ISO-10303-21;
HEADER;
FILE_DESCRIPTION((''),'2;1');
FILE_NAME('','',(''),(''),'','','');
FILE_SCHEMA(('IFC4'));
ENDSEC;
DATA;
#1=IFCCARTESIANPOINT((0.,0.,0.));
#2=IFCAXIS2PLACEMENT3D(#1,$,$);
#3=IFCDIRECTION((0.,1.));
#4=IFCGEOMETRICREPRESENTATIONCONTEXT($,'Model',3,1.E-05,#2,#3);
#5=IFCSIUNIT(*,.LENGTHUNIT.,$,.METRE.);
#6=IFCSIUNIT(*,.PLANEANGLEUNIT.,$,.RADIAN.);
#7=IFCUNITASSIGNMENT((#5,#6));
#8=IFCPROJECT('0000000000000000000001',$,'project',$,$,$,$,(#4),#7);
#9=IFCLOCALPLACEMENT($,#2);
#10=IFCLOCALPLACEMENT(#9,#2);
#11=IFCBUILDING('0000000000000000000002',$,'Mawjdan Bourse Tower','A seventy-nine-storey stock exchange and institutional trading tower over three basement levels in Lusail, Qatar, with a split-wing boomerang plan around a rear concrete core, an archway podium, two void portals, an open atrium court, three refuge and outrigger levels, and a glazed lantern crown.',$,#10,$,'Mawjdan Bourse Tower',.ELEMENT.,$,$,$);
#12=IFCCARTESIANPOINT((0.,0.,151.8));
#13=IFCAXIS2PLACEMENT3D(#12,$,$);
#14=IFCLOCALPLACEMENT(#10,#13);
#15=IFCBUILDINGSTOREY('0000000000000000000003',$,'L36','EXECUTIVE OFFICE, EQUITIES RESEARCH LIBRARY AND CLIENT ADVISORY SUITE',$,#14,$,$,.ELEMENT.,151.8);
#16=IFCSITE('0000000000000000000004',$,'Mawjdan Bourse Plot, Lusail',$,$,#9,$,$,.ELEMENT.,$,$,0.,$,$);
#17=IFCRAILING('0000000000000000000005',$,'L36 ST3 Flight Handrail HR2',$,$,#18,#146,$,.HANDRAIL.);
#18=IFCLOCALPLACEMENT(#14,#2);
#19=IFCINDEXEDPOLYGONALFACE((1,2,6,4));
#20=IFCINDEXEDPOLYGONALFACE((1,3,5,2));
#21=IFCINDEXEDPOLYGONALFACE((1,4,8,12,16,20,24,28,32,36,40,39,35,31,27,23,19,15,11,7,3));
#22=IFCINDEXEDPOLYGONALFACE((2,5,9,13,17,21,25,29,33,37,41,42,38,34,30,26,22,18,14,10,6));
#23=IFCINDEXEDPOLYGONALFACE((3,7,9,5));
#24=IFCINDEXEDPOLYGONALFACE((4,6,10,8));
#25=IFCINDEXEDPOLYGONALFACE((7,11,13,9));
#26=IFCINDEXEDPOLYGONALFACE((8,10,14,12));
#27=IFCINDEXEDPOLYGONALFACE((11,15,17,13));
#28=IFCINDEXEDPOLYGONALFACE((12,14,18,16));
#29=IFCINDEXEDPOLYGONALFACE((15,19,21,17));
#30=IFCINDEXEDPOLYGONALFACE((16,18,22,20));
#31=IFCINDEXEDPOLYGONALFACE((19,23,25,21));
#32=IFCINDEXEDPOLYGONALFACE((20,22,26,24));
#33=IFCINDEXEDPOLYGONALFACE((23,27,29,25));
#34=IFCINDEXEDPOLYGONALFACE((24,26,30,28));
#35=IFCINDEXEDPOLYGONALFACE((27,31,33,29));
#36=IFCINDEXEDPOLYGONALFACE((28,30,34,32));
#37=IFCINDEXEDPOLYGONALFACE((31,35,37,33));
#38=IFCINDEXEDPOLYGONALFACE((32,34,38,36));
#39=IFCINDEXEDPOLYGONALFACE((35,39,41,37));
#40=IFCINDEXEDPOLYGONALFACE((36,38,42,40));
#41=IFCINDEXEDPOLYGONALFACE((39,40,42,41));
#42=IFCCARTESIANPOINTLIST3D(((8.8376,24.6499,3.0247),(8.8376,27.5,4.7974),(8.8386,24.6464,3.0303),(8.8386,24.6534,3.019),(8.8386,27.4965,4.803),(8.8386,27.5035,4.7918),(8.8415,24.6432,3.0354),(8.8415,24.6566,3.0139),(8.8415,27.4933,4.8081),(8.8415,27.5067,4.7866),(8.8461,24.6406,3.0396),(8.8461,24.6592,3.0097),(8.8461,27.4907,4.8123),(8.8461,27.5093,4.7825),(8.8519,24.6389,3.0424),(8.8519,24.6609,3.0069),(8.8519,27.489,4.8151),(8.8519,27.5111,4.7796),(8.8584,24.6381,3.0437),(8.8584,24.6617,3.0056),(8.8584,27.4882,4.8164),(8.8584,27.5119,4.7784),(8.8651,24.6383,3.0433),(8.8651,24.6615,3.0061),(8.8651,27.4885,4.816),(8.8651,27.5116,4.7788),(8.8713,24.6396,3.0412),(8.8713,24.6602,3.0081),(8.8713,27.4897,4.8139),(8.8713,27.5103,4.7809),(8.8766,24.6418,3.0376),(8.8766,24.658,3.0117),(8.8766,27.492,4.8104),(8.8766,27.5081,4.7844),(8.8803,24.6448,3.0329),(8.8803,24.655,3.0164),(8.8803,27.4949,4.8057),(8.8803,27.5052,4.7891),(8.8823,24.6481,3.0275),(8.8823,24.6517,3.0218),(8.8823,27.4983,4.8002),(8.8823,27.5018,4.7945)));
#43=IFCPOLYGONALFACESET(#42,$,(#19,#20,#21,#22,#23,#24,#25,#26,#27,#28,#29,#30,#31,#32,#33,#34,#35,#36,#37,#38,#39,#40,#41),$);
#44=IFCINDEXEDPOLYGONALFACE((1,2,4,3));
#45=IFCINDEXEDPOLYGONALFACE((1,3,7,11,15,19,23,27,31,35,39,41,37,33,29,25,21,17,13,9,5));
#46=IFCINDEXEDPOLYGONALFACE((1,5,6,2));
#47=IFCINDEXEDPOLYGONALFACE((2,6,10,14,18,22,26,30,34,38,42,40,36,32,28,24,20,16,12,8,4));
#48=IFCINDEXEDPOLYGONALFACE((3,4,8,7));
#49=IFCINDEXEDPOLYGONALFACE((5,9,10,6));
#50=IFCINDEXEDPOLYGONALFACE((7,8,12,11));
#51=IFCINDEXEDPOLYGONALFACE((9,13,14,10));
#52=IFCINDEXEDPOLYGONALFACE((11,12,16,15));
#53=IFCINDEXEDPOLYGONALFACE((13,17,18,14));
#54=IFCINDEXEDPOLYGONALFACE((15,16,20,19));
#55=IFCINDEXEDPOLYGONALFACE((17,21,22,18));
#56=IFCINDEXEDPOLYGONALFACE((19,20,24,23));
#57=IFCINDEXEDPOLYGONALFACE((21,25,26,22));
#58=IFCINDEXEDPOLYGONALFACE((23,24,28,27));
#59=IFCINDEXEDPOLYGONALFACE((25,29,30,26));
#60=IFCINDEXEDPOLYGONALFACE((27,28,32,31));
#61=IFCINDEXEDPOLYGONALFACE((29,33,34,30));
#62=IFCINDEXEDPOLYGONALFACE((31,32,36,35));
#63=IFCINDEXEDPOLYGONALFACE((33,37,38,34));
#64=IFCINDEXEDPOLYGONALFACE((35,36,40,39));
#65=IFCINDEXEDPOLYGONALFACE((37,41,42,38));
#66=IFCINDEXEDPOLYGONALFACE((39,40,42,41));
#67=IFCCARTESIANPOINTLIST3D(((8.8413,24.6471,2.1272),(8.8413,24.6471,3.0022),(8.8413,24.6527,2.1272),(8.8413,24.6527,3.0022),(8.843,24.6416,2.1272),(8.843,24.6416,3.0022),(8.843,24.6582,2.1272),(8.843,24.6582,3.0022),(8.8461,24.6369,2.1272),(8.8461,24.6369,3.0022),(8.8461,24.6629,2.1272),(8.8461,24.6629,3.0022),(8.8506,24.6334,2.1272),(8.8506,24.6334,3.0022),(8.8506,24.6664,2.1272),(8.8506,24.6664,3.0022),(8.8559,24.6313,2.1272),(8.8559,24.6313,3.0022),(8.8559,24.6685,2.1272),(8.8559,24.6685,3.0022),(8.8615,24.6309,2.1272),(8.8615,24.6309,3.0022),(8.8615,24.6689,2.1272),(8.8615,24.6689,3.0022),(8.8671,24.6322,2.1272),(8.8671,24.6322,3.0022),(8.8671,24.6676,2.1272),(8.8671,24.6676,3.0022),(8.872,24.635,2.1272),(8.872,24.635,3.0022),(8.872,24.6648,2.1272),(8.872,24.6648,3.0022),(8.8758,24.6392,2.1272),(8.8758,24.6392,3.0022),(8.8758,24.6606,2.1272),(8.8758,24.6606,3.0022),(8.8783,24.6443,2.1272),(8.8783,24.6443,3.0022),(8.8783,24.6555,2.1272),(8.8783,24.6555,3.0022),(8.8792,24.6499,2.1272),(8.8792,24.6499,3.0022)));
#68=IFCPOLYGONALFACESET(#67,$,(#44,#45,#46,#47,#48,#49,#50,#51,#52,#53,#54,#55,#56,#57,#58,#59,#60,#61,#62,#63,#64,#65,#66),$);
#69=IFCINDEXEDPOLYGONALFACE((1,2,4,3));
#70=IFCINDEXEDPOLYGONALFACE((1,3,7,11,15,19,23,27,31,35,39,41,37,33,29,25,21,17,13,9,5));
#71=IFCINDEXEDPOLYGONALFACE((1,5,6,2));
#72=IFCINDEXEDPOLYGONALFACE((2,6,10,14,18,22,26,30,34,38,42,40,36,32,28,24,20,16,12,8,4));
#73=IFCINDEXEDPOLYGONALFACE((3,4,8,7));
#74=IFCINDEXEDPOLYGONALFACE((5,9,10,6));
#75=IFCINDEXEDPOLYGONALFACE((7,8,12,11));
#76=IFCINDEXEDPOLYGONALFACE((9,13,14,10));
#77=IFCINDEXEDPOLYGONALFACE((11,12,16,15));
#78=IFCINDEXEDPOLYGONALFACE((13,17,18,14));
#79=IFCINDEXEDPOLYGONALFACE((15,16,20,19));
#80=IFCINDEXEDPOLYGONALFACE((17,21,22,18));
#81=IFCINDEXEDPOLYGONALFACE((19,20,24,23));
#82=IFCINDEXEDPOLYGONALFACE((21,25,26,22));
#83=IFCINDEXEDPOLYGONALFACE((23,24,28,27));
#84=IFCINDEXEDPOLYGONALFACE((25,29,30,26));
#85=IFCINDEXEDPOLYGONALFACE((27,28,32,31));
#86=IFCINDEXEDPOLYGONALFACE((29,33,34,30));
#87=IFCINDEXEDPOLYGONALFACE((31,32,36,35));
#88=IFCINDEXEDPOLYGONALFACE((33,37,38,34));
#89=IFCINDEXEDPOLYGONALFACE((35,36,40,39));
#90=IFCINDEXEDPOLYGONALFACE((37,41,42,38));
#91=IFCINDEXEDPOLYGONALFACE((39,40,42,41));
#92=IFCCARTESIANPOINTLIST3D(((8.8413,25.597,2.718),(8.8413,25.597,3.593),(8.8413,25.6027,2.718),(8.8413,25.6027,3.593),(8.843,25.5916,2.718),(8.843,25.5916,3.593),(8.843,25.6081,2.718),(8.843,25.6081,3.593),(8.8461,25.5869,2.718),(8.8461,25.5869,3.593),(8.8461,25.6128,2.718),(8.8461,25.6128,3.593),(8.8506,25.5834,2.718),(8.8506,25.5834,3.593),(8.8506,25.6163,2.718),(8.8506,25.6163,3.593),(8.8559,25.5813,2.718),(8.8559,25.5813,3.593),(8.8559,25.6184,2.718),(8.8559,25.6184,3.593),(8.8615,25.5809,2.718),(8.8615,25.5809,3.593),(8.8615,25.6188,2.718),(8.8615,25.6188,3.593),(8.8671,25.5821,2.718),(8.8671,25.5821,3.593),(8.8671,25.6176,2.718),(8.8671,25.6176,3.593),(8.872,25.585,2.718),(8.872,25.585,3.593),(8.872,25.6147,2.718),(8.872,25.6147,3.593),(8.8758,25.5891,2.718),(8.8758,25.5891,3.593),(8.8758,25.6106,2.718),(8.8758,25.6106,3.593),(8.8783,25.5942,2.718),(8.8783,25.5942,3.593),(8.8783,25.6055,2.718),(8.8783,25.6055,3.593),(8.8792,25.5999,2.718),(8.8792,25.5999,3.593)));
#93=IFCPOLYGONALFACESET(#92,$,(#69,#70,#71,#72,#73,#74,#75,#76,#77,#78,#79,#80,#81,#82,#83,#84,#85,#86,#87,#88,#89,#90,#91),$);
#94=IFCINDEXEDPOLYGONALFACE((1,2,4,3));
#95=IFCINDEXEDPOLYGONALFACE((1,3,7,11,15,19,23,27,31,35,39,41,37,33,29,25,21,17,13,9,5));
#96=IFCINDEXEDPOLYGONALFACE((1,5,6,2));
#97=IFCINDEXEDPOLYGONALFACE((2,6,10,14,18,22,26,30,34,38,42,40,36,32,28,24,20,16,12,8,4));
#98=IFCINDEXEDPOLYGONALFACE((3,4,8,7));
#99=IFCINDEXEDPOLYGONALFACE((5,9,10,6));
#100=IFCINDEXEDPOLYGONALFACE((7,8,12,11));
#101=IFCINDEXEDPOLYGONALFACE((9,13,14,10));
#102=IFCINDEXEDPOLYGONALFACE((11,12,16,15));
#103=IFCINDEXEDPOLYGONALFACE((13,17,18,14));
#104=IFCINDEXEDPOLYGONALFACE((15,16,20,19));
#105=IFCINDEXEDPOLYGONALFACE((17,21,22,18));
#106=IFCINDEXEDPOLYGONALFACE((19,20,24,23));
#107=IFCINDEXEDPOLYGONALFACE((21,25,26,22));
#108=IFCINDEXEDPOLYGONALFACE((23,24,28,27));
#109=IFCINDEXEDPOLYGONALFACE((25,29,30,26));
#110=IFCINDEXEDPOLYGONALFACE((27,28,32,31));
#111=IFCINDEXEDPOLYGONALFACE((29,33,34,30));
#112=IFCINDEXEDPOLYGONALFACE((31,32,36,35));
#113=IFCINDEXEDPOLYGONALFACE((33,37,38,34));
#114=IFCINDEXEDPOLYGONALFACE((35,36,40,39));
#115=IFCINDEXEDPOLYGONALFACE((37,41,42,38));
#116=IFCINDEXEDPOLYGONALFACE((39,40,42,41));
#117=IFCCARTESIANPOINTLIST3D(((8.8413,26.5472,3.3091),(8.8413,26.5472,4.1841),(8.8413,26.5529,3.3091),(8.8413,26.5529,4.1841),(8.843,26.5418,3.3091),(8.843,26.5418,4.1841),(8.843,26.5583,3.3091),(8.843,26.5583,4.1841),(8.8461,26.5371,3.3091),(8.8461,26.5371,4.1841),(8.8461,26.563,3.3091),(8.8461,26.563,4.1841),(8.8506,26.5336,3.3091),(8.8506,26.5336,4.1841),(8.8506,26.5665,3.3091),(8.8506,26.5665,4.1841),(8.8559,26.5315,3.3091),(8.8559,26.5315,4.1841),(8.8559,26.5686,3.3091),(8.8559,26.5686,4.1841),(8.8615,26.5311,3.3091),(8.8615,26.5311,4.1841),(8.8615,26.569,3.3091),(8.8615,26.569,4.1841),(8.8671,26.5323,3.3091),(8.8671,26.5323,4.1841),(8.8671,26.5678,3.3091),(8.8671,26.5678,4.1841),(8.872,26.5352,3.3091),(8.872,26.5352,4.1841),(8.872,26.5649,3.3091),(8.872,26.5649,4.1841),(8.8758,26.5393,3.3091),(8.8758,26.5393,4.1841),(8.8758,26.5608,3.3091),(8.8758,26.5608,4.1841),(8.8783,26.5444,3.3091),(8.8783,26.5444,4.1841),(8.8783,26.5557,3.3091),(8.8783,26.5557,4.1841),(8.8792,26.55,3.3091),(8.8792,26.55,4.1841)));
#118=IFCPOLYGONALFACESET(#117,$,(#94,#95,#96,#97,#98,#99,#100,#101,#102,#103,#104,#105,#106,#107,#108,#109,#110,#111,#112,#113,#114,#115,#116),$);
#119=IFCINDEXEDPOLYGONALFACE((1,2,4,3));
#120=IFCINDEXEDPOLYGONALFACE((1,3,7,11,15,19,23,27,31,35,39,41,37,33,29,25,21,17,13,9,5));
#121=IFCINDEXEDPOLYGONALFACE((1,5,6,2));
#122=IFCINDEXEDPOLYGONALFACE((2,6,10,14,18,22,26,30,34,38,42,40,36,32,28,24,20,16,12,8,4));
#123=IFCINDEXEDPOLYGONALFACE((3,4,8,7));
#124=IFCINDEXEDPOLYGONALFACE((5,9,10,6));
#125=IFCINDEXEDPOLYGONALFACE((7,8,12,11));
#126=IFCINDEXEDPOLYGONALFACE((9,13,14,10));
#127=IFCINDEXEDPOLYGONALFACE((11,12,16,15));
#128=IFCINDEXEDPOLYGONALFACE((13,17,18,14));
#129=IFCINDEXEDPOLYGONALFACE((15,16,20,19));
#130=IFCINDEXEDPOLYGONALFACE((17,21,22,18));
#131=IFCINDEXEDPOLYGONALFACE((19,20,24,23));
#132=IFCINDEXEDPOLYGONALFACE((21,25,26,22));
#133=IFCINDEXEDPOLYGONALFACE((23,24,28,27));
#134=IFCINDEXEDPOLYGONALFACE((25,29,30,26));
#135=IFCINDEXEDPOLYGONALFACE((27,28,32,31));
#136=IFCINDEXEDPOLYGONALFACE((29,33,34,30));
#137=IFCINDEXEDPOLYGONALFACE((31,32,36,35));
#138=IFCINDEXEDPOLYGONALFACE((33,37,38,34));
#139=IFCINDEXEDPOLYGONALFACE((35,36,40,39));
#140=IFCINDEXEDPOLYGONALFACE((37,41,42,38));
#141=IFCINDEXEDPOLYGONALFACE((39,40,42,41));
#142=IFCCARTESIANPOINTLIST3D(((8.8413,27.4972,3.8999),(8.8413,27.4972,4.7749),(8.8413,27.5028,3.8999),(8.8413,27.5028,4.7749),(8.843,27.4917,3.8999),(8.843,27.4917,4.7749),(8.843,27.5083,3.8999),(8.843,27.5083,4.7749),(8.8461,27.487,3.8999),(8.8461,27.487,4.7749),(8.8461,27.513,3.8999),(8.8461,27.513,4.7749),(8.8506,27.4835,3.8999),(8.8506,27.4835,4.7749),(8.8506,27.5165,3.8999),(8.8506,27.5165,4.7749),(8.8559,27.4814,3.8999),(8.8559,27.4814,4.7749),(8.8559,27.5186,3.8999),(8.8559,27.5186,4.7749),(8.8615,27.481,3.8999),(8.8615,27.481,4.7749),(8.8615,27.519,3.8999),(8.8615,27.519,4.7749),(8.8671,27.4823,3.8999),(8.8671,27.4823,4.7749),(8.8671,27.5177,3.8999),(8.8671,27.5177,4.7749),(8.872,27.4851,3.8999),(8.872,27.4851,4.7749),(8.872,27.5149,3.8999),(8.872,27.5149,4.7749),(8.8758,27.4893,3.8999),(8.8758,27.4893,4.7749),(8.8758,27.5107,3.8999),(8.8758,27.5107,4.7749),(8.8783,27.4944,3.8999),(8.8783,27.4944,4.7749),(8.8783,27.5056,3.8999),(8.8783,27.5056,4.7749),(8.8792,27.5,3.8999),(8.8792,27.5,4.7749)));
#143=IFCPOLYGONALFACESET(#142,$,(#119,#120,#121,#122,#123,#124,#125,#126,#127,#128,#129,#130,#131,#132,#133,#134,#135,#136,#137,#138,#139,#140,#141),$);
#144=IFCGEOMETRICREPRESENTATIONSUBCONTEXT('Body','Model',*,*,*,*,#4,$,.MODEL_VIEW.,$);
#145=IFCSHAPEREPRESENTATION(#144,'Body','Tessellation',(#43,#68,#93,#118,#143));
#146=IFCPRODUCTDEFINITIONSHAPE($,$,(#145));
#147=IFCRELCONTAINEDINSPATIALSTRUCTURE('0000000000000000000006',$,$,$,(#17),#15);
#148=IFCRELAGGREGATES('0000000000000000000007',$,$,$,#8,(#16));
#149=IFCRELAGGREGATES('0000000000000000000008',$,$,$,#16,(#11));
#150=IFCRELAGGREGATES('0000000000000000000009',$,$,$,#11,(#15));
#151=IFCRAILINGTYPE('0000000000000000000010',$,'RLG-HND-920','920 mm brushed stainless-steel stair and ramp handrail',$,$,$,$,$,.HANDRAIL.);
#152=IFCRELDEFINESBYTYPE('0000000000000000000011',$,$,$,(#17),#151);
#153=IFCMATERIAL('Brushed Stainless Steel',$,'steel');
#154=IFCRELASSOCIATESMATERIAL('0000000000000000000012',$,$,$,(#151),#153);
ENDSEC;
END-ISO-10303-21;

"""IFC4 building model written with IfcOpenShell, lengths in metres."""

from ifc_helpers import new_model, si_unit, direction, frame, origin, origin_2d, place, context, subcontext, project, spatial, circle, extrude, material, type_object, element, save


model = new_model("IFC4")

# Units and contexts
model_context = context("Model", 3, precision=1e-05, world=origin(), true_north=direction((0.0, 1.0)))
body_context = subcontext(model_context, "Body", "Model", "MODEL_VIEW")
ifc_project = project(units=[si_unit("LENGTHUNIT", "METRE"), si_unit("PLANEANGLEUNIT", "RADIAN")], contexts=[model_context])

# Site, building, storey
site_placement = place(None, origin())
site = spatial("IfcSite", under=ifc_project, at=site_placement, Name="Mawjdan Bourse Plot, Lusail", CompositionType="ELEMENT", RefElevation=0.0)
building_placement = place(site_placement, origin())
building = spatial("IfcBuilding", under=site, at=building_placement, Name="Mawjdan Bourse Tower", Description="A seventy-nine-storey stock exchange and institutional trading tower over three basement levels in Lusail, Qatar, with a split-wing boomerang plan around a rear concrete core, an archway podium, two void portals, an open atrium court, three refuge and outrigger levels, and a glazed lantern crown.", LongName="Mawjdan Bourse Tower", CompositionType="ELEMENT")
storey_placement = place(building_placement, frame((0.0, 0.0, 151.8)))
storey = spatial("IfcBuildingStorey", under=building, at=storey_placement, Name="L36", Description="EXECUTIVE OFFICE, EQUITIES RESEARCH LIBRARY AND CLIENT ADVISORY SUITE", CompositionType="ELEMENT", Elevation=151.8)

# Railing
ifc_material_1 = material(Name="Brushed Stainless Steel", Category="steel")
railing_type_1 = type_object("IfcRailingType", Name="RLG-HND-920", Description="920 mm brushed stainless-steel stair and ramp handrail", PredefinedType="HANDRAIL", material=ifc_material_1)
railing_1_placement = place(storey_placement, frame((8.8601, 24.6499, 2.1272)))
element("IfcRailing", 1, at=railing_1_placement, inside=storey, type_object=railing_type_1, Name="L36 ST3 Flight Handrail HR2", PredefinedType="HANDRAIL", context=body_context, shape_type="SweptSolid", body=[
    extrude(circle(Radius=0.0225, at=origin_2d()), frame((0.0, 0.0, 0.8975), z_axis=(0.0, 0.849149, 0.528154), x_axis=(-1.0, 0.0, 0.0)), (0.0, 0.0, 1.0), 3.3564),
    extrude(circle(Radius=0.019, at=origin_2d()), origin(), (0.0, 0.0, 1.0), 0.875),
    extrude(circle(Radius=0.019, at=origin_2d()), frame((0.0, 0.95, 0.5908)), (0.0, 0.0, 1.0), 0.875),
    extrude(circle(Radius=0.019, at=origin_2d()), frame((0.0, 1.9001, 1.1819)), (0.0, 0.0, 1.0), 0.875),
    extrude(circle(Radius=0.019, at=origin_2d()), frame((0.0, 2.8501, 1.7727)), (0.0, 0.0, 1.0), 0.875),
])

save(model, "model.ifc")
